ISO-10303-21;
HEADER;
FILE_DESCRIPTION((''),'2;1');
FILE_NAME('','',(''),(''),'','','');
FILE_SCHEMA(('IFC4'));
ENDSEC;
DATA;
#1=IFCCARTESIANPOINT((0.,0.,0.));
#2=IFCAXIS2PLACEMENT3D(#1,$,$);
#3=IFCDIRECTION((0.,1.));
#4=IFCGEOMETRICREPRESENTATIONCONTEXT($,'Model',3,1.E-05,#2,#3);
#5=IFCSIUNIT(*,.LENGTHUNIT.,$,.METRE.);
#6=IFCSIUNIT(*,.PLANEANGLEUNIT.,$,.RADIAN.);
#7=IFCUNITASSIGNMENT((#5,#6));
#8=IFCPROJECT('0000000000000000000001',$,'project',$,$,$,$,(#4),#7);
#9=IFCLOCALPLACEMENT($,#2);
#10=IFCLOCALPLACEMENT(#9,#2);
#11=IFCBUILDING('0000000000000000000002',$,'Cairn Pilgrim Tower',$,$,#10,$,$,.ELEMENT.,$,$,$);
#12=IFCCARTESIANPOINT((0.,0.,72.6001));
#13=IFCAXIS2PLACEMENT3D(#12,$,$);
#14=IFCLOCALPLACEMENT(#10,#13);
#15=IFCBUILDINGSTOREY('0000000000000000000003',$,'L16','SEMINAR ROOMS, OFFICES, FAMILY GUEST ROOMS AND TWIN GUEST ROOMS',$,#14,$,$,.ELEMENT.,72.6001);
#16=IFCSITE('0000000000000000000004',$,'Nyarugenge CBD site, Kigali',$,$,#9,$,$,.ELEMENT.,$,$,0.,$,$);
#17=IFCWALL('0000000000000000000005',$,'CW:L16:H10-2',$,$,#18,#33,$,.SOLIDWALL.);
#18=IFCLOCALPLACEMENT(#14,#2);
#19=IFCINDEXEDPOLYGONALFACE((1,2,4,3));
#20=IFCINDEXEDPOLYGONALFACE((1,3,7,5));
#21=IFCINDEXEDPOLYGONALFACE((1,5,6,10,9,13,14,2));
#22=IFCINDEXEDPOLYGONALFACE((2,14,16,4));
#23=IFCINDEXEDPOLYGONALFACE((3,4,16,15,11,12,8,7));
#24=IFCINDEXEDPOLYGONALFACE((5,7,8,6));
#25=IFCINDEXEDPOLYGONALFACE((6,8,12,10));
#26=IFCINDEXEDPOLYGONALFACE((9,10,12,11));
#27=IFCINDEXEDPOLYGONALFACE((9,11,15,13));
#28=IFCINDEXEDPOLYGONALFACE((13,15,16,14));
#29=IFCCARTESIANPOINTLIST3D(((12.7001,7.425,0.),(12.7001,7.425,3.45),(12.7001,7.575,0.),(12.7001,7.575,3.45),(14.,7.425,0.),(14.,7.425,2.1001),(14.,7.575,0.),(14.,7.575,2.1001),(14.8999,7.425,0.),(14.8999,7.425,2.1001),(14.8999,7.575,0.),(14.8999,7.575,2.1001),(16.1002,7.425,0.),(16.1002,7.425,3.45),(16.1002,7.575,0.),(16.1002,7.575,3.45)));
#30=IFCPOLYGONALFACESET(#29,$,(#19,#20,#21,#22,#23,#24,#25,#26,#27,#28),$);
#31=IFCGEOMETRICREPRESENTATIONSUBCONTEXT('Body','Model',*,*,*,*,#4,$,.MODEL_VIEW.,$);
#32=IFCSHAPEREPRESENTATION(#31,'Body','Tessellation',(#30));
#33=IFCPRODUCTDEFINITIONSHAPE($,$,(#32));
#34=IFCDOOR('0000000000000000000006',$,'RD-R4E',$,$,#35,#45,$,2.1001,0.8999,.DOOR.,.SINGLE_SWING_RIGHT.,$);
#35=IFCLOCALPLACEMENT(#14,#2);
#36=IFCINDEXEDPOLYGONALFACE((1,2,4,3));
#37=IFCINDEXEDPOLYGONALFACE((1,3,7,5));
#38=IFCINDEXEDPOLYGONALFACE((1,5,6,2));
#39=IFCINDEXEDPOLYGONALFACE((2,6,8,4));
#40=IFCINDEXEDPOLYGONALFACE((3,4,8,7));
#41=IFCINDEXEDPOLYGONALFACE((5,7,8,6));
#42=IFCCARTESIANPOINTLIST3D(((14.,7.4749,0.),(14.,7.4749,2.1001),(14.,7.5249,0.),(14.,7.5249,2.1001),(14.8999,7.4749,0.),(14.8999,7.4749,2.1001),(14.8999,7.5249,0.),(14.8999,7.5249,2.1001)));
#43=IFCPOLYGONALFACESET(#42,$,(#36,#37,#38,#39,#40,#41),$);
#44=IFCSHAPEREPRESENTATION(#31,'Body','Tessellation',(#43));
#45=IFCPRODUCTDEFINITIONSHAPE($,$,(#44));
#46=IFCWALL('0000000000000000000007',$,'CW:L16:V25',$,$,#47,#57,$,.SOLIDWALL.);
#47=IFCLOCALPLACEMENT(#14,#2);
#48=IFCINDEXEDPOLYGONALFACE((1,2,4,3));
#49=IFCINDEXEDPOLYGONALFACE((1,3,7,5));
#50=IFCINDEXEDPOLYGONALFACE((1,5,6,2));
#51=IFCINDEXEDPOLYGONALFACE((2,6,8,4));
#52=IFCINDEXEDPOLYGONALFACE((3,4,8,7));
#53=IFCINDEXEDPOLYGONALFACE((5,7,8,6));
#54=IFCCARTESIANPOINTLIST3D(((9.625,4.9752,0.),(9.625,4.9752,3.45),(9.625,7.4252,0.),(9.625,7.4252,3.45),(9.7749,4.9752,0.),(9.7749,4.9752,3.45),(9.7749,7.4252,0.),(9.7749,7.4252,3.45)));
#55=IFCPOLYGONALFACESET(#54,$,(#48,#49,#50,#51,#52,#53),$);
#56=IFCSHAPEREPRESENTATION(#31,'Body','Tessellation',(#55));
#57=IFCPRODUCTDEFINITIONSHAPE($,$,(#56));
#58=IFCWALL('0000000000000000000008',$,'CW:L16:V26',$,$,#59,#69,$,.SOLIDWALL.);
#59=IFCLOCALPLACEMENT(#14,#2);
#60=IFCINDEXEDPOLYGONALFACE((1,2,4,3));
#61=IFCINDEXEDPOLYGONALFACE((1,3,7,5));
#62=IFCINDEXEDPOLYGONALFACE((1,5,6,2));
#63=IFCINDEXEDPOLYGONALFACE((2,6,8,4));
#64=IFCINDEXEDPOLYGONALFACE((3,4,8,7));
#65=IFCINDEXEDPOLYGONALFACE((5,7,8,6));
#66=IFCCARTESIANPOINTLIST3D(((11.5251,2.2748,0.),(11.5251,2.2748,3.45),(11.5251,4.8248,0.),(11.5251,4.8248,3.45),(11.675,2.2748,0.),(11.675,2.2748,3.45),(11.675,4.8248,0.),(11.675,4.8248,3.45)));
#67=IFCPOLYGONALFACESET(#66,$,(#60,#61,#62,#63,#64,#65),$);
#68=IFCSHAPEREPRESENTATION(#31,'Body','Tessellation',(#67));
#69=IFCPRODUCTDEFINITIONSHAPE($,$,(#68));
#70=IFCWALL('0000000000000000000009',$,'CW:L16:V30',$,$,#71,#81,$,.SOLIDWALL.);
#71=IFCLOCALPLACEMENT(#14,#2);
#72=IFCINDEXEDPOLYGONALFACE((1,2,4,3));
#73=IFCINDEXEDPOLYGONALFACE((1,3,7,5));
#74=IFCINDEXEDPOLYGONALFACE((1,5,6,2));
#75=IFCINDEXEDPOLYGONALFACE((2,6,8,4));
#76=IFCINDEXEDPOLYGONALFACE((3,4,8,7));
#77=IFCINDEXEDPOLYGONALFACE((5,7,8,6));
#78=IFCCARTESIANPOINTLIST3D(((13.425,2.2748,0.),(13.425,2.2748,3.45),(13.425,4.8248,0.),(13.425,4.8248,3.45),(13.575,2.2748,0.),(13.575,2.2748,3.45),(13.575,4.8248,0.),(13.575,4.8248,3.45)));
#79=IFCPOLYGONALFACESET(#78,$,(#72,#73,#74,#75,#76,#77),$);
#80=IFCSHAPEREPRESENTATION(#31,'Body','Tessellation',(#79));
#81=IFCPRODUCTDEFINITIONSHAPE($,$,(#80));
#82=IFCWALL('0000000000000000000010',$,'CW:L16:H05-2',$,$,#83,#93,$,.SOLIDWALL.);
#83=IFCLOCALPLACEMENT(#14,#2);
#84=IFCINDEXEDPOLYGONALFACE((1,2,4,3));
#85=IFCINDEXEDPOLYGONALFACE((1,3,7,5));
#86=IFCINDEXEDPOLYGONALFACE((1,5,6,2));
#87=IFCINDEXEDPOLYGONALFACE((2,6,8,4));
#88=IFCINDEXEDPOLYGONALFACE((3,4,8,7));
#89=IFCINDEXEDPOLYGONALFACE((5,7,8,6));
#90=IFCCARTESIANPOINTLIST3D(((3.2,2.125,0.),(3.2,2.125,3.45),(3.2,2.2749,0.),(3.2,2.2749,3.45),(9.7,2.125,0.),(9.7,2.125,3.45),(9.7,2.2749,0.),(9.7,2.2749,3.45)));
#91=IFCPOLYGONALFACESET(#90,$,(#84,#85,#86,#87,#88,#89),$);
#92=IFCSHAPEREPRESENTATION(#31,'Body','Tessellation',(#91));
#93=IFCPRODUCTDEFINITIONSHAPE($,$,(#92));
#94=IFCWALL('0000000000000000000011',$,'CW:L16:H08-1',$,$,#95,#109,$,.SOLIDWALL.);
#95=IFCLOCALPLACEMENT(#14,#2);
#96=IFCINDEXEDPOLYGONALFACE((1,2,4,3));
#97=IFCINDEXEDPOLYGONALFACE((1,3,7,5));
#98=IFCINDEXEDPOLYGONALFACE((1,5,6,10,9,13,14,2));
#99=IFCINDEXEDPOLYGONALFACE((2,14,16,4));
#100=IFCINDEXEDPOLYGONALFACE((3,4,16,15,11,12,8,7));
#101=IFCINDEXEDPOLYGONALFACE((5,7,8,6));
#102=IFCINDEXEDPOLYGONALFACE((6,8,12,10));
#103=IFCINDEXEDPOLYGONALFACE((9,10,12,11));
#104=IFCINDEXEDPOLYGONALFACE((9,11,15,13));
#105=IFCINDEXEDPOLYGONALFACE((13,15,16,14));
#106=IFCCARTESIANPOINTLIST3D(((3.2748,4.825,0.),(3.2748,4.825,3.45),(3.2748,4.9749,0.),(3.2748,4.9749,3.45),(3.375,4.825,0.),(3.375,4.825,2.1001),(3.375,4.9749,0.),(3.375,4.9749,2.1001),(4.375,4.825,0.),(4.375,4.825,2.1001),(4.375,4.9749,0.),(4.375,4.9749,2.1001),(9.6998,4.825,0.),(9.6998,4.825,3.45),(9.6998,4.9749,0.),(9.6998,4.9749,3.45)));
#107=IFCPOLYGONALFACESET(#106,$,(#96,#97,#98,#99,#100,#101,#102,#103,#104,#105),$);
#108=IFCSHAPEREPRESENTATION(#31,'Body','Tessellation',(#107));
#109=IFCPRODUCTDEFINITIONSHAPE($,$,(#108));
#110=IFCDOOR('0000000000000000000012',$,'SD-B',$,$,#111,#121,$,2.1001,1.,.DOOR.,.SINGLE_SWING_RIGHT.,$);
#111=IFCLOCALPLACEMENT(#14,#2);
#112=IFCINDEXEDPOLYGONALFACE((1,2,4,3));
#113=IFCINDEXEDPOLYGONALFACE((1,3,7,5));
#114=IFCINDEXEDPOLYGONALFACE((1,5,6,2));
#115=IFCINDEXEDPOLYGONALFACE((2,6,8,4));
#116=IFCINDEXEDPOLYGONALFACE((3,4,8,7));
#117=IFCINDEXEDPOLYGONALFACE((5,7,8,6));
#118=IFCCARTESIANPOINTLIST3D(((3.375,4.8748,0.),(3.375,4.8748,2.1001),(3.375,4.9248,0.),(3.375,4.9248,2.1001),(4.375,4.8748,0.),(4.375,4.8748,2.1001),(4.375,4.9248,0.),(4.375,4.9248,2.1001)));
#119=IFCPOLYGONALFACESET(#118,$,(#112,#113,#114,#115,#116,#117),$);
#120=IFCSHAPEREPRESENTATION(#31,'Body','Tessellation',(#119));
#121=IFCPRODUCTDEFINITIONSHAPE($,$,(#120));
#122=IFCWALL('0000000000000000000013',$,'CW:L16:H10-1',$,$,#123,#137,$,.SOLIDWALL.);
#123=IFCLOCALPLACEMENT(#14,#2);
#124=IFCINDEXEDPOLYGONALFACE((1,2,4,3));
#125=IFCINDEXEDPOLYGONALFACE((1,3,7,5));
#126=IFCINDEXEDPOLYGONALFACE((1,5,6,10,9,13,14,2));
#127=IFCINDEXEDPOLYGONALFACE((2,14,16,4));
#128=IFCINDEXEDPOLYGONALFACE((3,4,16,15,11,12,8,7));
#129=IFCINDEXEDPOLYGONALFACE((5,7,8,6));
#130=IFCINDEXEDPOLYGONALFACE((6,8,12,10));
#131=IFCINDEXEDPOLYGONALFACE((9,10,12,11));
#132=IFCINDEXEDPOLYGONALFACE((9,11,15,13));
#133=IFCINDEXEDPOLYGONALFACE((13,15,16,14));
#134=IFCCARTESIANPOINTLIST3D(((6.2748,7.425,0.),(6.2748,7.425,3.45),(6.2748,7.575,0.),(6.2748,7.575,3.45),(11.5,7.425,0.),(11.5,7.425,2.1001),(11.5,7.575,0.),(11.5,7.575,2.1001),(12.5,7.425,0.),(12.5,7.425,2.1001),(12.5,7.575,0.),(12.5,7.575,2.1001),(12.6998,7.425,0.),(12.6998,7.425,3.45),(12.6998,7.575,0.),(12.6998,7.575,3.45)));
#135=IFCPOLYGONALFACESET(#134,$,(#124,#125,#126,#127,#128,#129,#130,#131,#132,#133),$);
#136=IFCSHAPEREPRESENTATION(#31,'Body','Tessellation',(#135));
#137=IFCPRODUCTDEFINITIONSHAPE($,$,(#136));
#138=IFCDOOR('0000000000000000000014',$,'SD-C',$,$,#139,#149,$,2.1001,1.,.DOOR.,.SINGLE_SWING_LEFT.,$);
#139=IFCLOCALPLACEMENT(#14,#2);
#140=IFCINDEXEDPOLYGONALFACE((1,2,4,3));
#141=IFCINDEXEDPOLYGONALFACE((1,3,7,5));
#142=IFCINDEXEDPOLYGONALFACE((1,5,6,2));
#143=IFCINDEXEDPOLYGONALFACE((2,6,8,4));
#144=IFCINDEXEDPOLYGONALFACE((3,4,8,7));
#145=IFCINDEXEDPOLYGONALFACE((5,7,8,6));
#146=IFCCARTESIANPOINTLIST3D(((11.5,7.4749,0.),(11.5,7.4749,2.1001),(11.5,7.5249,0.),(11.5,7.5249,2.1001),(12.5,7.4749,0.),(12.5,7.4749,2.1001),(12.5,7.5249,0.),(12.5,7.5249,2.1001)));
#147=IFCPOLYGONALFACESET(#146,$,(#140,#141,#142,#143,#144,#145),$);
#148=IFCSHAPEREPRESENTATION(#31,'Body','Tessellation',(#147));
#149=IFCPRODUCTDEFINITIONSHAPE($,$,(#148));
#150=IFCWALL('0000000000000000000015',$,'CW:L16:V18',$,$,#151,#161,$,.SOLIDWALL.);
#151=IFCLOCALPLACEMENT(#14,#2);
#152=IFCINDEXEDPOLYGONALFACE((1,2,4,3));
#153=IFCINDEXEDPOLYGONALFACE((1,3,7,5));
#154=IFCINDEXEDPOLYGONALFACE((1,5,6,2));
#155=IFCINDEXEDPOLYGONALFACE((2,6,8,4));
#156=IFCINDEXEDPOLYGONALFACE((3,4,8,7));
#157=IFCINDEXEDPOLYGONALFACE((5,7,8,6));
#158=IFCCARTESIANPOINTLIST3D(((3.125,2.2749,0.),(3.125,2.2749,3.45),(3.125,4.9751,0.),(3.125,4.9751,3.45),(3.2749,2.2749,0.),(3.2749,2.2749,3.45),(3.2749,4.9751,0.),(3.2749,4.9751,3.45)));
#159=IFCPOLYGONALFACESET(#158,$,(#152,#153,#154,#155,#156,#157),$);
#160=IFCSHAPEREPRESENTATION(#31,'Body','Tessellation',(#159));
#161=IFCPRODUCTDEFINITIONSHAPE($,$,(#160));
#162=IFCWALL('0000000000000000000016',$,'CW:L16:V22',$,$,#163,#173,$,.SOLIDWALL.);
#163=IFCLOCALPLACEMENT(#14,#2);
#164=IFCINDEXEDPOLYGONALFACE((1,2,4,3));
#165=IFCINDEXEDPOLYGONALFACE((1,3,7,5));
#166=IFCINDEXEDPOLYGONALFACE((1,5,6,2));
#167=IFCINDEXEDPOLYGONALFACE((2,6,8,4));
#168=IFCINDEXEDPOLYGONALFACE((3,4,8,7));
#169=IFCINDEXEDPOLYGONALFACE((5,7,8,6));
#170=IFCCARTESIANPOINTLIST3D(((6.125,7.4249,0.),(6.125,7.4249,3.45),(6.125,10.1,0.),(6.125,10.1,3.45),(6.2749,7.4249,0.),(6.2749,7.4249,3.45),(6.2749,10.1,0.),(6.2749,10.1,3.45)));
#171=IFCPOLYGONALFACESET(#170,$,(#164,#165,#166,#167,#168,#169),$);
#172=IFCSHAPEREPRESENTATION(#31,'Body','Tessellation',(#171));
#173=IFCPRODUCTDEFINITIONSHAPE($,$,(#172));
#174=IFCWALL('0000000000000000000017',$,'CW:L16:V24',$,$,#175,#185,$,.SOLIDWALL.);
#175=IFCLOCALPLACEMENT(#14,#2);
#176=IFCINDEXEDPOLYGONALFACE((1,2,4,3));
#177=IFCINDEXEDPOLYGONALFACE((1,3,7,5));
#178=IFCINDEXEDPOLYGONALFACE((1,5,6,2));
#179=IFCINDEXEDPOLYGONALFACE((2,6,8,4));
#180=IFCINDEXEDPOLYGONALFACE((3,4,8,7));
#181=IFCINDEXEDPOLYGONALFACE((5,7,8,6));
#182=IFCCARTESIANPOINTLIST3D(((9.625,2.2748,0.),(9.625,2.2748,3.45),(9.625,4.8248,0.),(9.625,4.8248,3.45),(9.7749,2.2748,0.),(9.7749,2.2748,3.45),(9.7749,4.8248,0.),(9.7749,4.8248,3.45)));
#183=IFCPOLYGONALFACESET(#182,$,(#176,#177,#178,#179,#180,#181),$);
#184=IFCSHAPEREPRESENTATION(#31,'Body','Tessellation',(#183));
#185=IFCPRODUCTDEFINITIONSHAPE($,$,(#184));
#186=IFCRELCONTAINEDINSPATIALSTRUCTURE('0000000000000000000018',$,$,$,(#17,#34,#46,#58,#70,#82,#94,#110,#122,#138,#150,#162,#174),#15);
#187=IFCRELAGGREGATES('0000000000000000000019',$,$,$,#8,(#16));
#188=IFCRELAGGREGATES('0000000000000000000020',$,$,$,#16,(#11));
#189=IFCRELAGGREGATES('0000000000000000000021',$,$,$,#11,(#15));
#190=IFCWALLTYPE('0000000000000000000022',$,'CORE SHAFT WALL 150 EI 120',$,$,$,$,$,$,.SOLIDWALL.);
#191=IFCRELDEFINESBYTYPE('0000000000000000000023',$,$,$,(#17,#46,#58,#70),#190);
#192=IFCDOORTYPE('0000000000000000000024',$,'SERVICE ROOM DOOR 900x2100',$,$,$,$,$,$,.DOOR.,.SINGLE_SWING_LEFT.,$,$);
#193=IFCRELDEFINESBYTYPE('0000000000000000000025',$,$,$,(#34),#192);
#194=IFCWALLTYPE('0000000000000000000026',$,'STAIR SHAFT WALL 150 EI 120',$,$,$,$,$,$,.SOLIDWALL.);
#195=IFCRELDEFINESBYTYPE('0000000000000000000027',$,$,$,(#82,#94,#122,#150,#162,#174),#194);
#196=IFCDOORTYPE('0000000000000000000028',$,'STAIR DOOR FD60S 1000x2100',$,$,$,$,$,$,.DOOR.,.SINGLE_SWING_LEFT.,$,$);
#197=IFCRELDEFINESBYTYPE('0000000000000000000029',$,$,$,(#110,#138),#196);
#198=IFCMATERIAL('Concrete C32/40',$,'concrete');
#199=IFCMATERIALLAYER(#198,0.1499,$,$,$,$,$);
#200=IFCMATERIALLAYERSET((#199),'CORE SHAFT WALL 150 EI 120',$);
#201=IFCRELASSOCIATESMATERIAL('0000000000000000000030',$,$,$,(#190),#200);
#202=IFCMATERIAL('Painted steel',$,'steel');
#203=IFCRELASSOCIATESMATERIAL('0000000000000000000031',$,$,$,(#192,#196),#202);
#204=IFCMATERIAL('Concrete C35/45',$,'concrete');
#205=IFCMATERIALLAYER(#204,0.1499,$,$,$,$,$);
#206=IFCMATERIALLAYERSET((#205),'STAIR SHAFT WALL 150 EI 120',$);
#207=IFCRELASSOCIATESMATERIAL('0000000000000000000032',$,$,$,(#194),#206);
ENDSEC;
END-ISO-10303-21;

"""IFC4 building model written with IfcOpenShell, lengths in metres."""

from ifc_helpers import new_model, si_unit, direction, frame, frame_2d, origin, place, context, subcontext, project, spatial, rectangle, extrude, material, layer, layer_set, type_object, element, fill, save


model = new_model("IFC4")

# Units and contexts
model_context = context("Model", 3, precision=1e-05, world=origin(), true_north=direction((0.0, 1.0)))
body_context = subcontext(model_context, "Body", "Model", "MODEL_VIEW")
ifc_project = project(units=[si_unit("LENGTHUNIT", "METRE"), si_unit("PLANEANGLEUNIT", "RADIAN")], contexts=[model_context])

# Site, building, storey
site_placement = place(None, origin())
site = spatial("IfcSite", under=ifc_project, at=site_placement, Name="Nyarugenge CBD site, Kigali", CompositionType="ELEMENT", RefElevation=0.0)
building_placement = place(site_placement, origin())
building = spatial("IfcBuilding", under=site, at=building_placement, Name="Cairn Pilgrim Tower", CompositionType="ELEMENT")
storey_placement = place(building_placement, frame((0.0, 0.0, 72.6001)))
storey = spatial("IfcBuildingStorey", under=building, at=storey_placement, Name="L16", Description="SEMINAR ROOMS, OFFICES, FAMILY GUEST ROOMS AND TWIN GUEST ROOMS", CompositionType="ELEMENT", Elevation=72.6001)

# Shared definitions
ifc_material_1 = material(Name="Concrete C32/40", Category="concrete")
ifc_layer_1 = layer(ifc_material_1, 0.1499)
ifc_layer_set_1 = layer_set([ifc_layer_1], Name="CORE SHAFT WALL 150 EI 120")
wall_type_1 = type_object("IfcWallType", Name="CORE SHAFT WALL 150 EI 120", PredefinedType="SOLIDWALL", material=ifc_layer_set_1)

# Shared definitions
ifc_material_2 = material(Name="Painted steel", Category="steel")
door_type_1 = type_object("IfcDoorType", Name="SERVICE ROOM DOOR 900x2100", OperationType="SINGLE_SWING_LEFT", PredefinedType="DOOR", material=ifc_material_2)

# Wall, opening, door
wall_1_placement = place(storey_placement, frame((12.7, 7.5, 0.0), z_axis=(0.0, 0.0, 1.0), x_axis=(1.0, 0.0, 0.0)))
wall_1 = element("IfcWall", 1, at=wall_1_placement, inside=storey, type_object=wall_type_1, Name="CW:L16:H10-2", PredefinedType="SOLIDWALL", context=body_context, shape_type="SweptSolid", body=[
    extrude(rectangle(XDim=3.4001, YDim=0.1499, at=frame_2d((1.7002, 0.0))), origin(), (0.0, 0.0, 1.0), 3.45),
])
opening_1_placement = place(wall_1_placement, frame((1.3, 0.0, 0.0)))
opening_1 = element("IfcOpeningElement", 2, at=opening_1_placement, cuts=wall_1, PredefinedType="OPENING", context=body_context, shape_type="SweptSolid", body=[
    extrude(rectangle(XDim=0.8999, YDim=2.1001, at=frame_2d((0.45, 1.05))), frame((0.0, 0.085, 0.0), z_axis=(0.0, -1.0, 0.0), x_axis=(1.0, 0.0, 0.0)), (0.0, 0.0, 1.0), 0.1699),
])
door_1_placement = place(opening_1_placement, origin())
door_1 = element("IfcDoor", 3, at=door_1_placement, inside=storey, type_object=door_type_1, Name="RD-R4E", OperationType="SINGLE_SWING_RIGHT", OverallHeight=2.1001, OverallWidth=0.8999, PredefinedType="DOOR", context=body_context, shape_type="SweptSolid", body=[
    extrude(rectangle(XDim=0.8999, YDim=2.1001, at=frame_2d((0.45, 1.05))), frame((0.0, 0.0249, 0.0), z_axis=(0.0, -1.0, 0.0), x_axis=(1.0, 0.0, 0.0)), (0.0, 0.0, 1.0), 0.05),
])
fill(opening_1, door_1)

# Walls
wall_2_placement = place(storey_placement, frame((9.7, 4.9751, 0.0), z_axis=(0.0, 0.0, 1.0), x_axis=(0.0, 1.0, 0.0)))
element("IfcWall", 4, at=wall_2_placement, inside=storey, type_object=wall_type_1, Name="CW:L16:V25", PredefinedType="SOLIDWALL", context=body_context, shape_type="SweptSolid", body=[
    extrude(rectangle(XDim=2.45, YDim=0.1499, at=frame_2d((1.2251, 0.0))), origin(), (0.0, 0.0, 1.0), 3.45),
])
for number, where, z_axis, x_axis, name in (
    (5, (11.6001, 2.2749, 0.0), (0.0, 0.0, 1.0), (0.0, 1.0, 0.0), "CW:L16:V26"),
    (6, (13.5, 2.2749, 0.0), (0.0, 0.0, 1.0), (0.0, 1.0, 0.0), "CW:L16:V30"),
):
    element("IfcWall", number, at=place(storey_placement, frame(where, z_axis=z_axis, x_axis=x_axis)), inside=storey, type_object=wall_type_1, Name=name, PredefinedType="SOLIDWALL", context=body_context, shape_type="SweptSolid", body=[
        extrude(rectangle(XDim=2.55, YDim=0.1499, at=frame_2d((1.2749, 0.0))), origin(), (0.0, 0.0, 1.0), 3.45),
    ])
ifc_material_3 = material(Name="Concrete C35/45", Category="concrete")
ifc_layer_2 = layer(ifc_material_3, 0.1499)
ifc_layer_set_2 = layer_set([ifc_layer_2], Name="STAIR SHAFT WALL 150 EI 120")
wall_type_2 = type_object("IfcWallType", Name="STAIR SHAFT WALL 150 EI 120", PredefinedType="SOLIDWALL", material=ifc_layer_set_2)
wall_3_placement = place(storey_placement, frame((3.2, 2.2, 0.0), z_axis=(0.0, 0.0, 1.0), x_axis=(1.0, 0.0, 0.0)))
element("IfcWall", 7, at=wall_3_placement, inside=storey, type_object=wall_type_2, Name="CW:L16:H05-2", PredefinedType="SOLIDWALL", context=body_context, shape_type="SweptSolid", body=[
    extrude(rectangle(XDim=6.5, YDim=0.1499, at=frame_2d((3.25, 0.0))), origin(), (0.0, 0.0, 1.0), 3.45),
])

# Walls, openings, doors
wall_4_placement = place(storey_placement, frame((3.2749, 4.8999, 0.0), z_axis=(0.0, 0.0, 1.0), x_axis=(1.0, 0.0, 0.0)))
wall_4 = element("IfcWall", 8, at=wall_4_placement, inside=storey, type_object=wall_type_2, Name="CW:L16:H08-1", PredefinedType="SOLIDWALL", context=body_context, shape_type="SweptSolid", body=[
    extrude(rectangle(XDim=6.425, YDim=0.1499, at=frame_2d((3.2124, 0.0))), origin(), (0.0, 0.0, 1.0), 3.45),
])
opening_2_placement = place(wall_4_placement, frame((0.1001, 0.0, 0.0)))
opening_2 = element("IfcOpeningElement", 9, at=opening_2_placement, cuts=wall_4, PredefinedType="OPENING", context=body_context, shape_type="SweptSolid", body=[
    extrude(rectangle(XDim=1.0, YDim=2.1001, at=frame_2d((0.5, 1.05))), frame((0.0, 0.085, 0.0), z_axis=(0.0, -1.0, 0.0), x_axis=(1.0, 0.0, 0.0)), (0.0, 0.0, 1.0), 0.1699),
])
door_type_2 = type_object("IfcDoorType", Name="STAIR DOOR FD60S 1000x2100", OperationType="SINGLE_SWING_LEFT", PredefinedType="DOOR", material=ifc_material_2)
door_2_placement = place(opening_2_placement, origin())
door_2 = element("IfcDoor", 10, at=door_2_placement, inside=storey, type_object=door_type_2, Name="SD-B", OperationType="SINGLE_SWING_RIGHT", OverallHeight=2.1001, OverallWidth=1.0, PredefinedType="DOOR", context=body_context, shape_type="SweptSolid", body=[
    extrude(rectangle(XDim=1.0, YDim=2.1001, at=frame_2d((0.5, 1.05))), frame((0.0, 0.0249, 0.0), z_axis=(0.0, -1.0, 0.0), x_axis=(1.0, 0.0, 0.0)), (0.0, 0.0, 1.0), 0.05),
])
fill(opening_2, door_2)
wall_5_placement = place(storey_placement, frame((6.2749, 7.5, 0.0), z_axis=(0.0, 0.0, 1.0), x_axis=(1.0, 0.0, 0.0)))
wall_5 = element("IfcWall", 11, at=wall_5_placement, inside=storey, type_object=wall_type_2, Name="CW:L16:H10-1", PredefinedType="SOLIDWALL", context=body_context, shape_type="SweptSolid", body=[
    extrude(rectangle(XDim=6.425, YDim=0.1499, at=frame_2d((3.2124, 0.0))), origin(), (0.0, 0.0, 1.0), 3.45),
])
opening_3_placement = place(wall_5_placement, frame((5.2251, 0.0, 0.0)))
opening_3 = element("IfcOpeningElement", 12, at=opening_3_placement, cuts=wall_5, PredefinedType="OPENING", context=body_context, shape_type="SweptSolid", body=[
    extrude(rectangle(XDim=1.0, YDim=2.1001, at=frame_2d((0.5, 1.05))), frame((0.0, 0.085, 0.0), z_axis=(0.0, -1.0, 0.0), x_axis=(1.0, 0.0, 0.0)), (0.0, 0.0, 1.0), 0.1699),
])
door_3_placement = place(opening_3_placement, origin())
door_3 = element("IfcDoor", 13, at=door_3_placement, inside=storey, type_object=door_type_2, Name="SD-C", OperationType="SINGLE_SWING_LEFT", OverallHeight=2.1001, OverallWidth=1.0, PredefinedType="DOOR", context=body_context, shape_type="SweptSolid", body=[
    extrude(rectangle(XDim=1.0, YDim=2.1001, at=frame_2d((0.5, 1.05))), frame((0.0, 0.0249, 0.0), z_axis=(0.0, -1.0, 0.0), x_axis=(1.0, 0.0, 0.0)), (0.0, 0.0, 1.0), 0.05),
])
fill(opening_3, door_3)

# Walls
wall_6_placement = place(storey_placement, frame((3.2, 2.2749, 0.0), z_axis=(0.0, 0.0, 1.0), x_axis=(0.0, 1.0, 0.0)))
element("IfcWall", 14, at=wall_6_placement, inside=storey, type_object=wall_type_2, Name="CW:L16:V18", PredefinedType="SOLIDWALL", context=body_context, shape_type="SweptSolid", body=[
    extrude(rectangle(XDim=2.7002, YDim=0.1499, at=frame_2d((1.3501, 0.0))), origin(), (0.0, 0.0, 1.0), 3.45),
])
wall_7_placement = place(storey_placement, frame((6.2, 7.425, 0.0), z_axis=(0.0, 0.0, 1.0), x_axis=(0.0, 1.0, 0.0)))
element("IfcWall", 15, at=wall_7_placement, inside=storey, type_object=wall_type_2, Name="CW:L16:V22", PredefinedType="SOLIDWALL", context=body_context, shape_type="SweptSolid", body=[
    extrude(rectangle(XDim=2.675, YDim=0.1499, at=frame_2d((1.3374, 0.0))), origin(), (0.0, 0.0, 1.0), 3.45),
])
wall_8_placement = place(storey_placement, frame((9.7, 2.2749, 0.0), z_axis=(0.0, 0.0, 1.0), x_axis=(0.0, 1.0, 0.0)))
element("IfcWall", 16, at=wall_8_placement, inside=storey, type_object=wall_type_2, Name="CW:L16:V24", PredefinedType="SOLIDWALL", context=body_context, shape_type="SweptSolid", body=[
    extrude(rectangle(XDim=2.55, YDim=0.1499, at=frame_2d((1.2749, 0.0))), origin(), (0.0, 0.0, 1.0), 3.45),
])

save(model, "model.ifc")
